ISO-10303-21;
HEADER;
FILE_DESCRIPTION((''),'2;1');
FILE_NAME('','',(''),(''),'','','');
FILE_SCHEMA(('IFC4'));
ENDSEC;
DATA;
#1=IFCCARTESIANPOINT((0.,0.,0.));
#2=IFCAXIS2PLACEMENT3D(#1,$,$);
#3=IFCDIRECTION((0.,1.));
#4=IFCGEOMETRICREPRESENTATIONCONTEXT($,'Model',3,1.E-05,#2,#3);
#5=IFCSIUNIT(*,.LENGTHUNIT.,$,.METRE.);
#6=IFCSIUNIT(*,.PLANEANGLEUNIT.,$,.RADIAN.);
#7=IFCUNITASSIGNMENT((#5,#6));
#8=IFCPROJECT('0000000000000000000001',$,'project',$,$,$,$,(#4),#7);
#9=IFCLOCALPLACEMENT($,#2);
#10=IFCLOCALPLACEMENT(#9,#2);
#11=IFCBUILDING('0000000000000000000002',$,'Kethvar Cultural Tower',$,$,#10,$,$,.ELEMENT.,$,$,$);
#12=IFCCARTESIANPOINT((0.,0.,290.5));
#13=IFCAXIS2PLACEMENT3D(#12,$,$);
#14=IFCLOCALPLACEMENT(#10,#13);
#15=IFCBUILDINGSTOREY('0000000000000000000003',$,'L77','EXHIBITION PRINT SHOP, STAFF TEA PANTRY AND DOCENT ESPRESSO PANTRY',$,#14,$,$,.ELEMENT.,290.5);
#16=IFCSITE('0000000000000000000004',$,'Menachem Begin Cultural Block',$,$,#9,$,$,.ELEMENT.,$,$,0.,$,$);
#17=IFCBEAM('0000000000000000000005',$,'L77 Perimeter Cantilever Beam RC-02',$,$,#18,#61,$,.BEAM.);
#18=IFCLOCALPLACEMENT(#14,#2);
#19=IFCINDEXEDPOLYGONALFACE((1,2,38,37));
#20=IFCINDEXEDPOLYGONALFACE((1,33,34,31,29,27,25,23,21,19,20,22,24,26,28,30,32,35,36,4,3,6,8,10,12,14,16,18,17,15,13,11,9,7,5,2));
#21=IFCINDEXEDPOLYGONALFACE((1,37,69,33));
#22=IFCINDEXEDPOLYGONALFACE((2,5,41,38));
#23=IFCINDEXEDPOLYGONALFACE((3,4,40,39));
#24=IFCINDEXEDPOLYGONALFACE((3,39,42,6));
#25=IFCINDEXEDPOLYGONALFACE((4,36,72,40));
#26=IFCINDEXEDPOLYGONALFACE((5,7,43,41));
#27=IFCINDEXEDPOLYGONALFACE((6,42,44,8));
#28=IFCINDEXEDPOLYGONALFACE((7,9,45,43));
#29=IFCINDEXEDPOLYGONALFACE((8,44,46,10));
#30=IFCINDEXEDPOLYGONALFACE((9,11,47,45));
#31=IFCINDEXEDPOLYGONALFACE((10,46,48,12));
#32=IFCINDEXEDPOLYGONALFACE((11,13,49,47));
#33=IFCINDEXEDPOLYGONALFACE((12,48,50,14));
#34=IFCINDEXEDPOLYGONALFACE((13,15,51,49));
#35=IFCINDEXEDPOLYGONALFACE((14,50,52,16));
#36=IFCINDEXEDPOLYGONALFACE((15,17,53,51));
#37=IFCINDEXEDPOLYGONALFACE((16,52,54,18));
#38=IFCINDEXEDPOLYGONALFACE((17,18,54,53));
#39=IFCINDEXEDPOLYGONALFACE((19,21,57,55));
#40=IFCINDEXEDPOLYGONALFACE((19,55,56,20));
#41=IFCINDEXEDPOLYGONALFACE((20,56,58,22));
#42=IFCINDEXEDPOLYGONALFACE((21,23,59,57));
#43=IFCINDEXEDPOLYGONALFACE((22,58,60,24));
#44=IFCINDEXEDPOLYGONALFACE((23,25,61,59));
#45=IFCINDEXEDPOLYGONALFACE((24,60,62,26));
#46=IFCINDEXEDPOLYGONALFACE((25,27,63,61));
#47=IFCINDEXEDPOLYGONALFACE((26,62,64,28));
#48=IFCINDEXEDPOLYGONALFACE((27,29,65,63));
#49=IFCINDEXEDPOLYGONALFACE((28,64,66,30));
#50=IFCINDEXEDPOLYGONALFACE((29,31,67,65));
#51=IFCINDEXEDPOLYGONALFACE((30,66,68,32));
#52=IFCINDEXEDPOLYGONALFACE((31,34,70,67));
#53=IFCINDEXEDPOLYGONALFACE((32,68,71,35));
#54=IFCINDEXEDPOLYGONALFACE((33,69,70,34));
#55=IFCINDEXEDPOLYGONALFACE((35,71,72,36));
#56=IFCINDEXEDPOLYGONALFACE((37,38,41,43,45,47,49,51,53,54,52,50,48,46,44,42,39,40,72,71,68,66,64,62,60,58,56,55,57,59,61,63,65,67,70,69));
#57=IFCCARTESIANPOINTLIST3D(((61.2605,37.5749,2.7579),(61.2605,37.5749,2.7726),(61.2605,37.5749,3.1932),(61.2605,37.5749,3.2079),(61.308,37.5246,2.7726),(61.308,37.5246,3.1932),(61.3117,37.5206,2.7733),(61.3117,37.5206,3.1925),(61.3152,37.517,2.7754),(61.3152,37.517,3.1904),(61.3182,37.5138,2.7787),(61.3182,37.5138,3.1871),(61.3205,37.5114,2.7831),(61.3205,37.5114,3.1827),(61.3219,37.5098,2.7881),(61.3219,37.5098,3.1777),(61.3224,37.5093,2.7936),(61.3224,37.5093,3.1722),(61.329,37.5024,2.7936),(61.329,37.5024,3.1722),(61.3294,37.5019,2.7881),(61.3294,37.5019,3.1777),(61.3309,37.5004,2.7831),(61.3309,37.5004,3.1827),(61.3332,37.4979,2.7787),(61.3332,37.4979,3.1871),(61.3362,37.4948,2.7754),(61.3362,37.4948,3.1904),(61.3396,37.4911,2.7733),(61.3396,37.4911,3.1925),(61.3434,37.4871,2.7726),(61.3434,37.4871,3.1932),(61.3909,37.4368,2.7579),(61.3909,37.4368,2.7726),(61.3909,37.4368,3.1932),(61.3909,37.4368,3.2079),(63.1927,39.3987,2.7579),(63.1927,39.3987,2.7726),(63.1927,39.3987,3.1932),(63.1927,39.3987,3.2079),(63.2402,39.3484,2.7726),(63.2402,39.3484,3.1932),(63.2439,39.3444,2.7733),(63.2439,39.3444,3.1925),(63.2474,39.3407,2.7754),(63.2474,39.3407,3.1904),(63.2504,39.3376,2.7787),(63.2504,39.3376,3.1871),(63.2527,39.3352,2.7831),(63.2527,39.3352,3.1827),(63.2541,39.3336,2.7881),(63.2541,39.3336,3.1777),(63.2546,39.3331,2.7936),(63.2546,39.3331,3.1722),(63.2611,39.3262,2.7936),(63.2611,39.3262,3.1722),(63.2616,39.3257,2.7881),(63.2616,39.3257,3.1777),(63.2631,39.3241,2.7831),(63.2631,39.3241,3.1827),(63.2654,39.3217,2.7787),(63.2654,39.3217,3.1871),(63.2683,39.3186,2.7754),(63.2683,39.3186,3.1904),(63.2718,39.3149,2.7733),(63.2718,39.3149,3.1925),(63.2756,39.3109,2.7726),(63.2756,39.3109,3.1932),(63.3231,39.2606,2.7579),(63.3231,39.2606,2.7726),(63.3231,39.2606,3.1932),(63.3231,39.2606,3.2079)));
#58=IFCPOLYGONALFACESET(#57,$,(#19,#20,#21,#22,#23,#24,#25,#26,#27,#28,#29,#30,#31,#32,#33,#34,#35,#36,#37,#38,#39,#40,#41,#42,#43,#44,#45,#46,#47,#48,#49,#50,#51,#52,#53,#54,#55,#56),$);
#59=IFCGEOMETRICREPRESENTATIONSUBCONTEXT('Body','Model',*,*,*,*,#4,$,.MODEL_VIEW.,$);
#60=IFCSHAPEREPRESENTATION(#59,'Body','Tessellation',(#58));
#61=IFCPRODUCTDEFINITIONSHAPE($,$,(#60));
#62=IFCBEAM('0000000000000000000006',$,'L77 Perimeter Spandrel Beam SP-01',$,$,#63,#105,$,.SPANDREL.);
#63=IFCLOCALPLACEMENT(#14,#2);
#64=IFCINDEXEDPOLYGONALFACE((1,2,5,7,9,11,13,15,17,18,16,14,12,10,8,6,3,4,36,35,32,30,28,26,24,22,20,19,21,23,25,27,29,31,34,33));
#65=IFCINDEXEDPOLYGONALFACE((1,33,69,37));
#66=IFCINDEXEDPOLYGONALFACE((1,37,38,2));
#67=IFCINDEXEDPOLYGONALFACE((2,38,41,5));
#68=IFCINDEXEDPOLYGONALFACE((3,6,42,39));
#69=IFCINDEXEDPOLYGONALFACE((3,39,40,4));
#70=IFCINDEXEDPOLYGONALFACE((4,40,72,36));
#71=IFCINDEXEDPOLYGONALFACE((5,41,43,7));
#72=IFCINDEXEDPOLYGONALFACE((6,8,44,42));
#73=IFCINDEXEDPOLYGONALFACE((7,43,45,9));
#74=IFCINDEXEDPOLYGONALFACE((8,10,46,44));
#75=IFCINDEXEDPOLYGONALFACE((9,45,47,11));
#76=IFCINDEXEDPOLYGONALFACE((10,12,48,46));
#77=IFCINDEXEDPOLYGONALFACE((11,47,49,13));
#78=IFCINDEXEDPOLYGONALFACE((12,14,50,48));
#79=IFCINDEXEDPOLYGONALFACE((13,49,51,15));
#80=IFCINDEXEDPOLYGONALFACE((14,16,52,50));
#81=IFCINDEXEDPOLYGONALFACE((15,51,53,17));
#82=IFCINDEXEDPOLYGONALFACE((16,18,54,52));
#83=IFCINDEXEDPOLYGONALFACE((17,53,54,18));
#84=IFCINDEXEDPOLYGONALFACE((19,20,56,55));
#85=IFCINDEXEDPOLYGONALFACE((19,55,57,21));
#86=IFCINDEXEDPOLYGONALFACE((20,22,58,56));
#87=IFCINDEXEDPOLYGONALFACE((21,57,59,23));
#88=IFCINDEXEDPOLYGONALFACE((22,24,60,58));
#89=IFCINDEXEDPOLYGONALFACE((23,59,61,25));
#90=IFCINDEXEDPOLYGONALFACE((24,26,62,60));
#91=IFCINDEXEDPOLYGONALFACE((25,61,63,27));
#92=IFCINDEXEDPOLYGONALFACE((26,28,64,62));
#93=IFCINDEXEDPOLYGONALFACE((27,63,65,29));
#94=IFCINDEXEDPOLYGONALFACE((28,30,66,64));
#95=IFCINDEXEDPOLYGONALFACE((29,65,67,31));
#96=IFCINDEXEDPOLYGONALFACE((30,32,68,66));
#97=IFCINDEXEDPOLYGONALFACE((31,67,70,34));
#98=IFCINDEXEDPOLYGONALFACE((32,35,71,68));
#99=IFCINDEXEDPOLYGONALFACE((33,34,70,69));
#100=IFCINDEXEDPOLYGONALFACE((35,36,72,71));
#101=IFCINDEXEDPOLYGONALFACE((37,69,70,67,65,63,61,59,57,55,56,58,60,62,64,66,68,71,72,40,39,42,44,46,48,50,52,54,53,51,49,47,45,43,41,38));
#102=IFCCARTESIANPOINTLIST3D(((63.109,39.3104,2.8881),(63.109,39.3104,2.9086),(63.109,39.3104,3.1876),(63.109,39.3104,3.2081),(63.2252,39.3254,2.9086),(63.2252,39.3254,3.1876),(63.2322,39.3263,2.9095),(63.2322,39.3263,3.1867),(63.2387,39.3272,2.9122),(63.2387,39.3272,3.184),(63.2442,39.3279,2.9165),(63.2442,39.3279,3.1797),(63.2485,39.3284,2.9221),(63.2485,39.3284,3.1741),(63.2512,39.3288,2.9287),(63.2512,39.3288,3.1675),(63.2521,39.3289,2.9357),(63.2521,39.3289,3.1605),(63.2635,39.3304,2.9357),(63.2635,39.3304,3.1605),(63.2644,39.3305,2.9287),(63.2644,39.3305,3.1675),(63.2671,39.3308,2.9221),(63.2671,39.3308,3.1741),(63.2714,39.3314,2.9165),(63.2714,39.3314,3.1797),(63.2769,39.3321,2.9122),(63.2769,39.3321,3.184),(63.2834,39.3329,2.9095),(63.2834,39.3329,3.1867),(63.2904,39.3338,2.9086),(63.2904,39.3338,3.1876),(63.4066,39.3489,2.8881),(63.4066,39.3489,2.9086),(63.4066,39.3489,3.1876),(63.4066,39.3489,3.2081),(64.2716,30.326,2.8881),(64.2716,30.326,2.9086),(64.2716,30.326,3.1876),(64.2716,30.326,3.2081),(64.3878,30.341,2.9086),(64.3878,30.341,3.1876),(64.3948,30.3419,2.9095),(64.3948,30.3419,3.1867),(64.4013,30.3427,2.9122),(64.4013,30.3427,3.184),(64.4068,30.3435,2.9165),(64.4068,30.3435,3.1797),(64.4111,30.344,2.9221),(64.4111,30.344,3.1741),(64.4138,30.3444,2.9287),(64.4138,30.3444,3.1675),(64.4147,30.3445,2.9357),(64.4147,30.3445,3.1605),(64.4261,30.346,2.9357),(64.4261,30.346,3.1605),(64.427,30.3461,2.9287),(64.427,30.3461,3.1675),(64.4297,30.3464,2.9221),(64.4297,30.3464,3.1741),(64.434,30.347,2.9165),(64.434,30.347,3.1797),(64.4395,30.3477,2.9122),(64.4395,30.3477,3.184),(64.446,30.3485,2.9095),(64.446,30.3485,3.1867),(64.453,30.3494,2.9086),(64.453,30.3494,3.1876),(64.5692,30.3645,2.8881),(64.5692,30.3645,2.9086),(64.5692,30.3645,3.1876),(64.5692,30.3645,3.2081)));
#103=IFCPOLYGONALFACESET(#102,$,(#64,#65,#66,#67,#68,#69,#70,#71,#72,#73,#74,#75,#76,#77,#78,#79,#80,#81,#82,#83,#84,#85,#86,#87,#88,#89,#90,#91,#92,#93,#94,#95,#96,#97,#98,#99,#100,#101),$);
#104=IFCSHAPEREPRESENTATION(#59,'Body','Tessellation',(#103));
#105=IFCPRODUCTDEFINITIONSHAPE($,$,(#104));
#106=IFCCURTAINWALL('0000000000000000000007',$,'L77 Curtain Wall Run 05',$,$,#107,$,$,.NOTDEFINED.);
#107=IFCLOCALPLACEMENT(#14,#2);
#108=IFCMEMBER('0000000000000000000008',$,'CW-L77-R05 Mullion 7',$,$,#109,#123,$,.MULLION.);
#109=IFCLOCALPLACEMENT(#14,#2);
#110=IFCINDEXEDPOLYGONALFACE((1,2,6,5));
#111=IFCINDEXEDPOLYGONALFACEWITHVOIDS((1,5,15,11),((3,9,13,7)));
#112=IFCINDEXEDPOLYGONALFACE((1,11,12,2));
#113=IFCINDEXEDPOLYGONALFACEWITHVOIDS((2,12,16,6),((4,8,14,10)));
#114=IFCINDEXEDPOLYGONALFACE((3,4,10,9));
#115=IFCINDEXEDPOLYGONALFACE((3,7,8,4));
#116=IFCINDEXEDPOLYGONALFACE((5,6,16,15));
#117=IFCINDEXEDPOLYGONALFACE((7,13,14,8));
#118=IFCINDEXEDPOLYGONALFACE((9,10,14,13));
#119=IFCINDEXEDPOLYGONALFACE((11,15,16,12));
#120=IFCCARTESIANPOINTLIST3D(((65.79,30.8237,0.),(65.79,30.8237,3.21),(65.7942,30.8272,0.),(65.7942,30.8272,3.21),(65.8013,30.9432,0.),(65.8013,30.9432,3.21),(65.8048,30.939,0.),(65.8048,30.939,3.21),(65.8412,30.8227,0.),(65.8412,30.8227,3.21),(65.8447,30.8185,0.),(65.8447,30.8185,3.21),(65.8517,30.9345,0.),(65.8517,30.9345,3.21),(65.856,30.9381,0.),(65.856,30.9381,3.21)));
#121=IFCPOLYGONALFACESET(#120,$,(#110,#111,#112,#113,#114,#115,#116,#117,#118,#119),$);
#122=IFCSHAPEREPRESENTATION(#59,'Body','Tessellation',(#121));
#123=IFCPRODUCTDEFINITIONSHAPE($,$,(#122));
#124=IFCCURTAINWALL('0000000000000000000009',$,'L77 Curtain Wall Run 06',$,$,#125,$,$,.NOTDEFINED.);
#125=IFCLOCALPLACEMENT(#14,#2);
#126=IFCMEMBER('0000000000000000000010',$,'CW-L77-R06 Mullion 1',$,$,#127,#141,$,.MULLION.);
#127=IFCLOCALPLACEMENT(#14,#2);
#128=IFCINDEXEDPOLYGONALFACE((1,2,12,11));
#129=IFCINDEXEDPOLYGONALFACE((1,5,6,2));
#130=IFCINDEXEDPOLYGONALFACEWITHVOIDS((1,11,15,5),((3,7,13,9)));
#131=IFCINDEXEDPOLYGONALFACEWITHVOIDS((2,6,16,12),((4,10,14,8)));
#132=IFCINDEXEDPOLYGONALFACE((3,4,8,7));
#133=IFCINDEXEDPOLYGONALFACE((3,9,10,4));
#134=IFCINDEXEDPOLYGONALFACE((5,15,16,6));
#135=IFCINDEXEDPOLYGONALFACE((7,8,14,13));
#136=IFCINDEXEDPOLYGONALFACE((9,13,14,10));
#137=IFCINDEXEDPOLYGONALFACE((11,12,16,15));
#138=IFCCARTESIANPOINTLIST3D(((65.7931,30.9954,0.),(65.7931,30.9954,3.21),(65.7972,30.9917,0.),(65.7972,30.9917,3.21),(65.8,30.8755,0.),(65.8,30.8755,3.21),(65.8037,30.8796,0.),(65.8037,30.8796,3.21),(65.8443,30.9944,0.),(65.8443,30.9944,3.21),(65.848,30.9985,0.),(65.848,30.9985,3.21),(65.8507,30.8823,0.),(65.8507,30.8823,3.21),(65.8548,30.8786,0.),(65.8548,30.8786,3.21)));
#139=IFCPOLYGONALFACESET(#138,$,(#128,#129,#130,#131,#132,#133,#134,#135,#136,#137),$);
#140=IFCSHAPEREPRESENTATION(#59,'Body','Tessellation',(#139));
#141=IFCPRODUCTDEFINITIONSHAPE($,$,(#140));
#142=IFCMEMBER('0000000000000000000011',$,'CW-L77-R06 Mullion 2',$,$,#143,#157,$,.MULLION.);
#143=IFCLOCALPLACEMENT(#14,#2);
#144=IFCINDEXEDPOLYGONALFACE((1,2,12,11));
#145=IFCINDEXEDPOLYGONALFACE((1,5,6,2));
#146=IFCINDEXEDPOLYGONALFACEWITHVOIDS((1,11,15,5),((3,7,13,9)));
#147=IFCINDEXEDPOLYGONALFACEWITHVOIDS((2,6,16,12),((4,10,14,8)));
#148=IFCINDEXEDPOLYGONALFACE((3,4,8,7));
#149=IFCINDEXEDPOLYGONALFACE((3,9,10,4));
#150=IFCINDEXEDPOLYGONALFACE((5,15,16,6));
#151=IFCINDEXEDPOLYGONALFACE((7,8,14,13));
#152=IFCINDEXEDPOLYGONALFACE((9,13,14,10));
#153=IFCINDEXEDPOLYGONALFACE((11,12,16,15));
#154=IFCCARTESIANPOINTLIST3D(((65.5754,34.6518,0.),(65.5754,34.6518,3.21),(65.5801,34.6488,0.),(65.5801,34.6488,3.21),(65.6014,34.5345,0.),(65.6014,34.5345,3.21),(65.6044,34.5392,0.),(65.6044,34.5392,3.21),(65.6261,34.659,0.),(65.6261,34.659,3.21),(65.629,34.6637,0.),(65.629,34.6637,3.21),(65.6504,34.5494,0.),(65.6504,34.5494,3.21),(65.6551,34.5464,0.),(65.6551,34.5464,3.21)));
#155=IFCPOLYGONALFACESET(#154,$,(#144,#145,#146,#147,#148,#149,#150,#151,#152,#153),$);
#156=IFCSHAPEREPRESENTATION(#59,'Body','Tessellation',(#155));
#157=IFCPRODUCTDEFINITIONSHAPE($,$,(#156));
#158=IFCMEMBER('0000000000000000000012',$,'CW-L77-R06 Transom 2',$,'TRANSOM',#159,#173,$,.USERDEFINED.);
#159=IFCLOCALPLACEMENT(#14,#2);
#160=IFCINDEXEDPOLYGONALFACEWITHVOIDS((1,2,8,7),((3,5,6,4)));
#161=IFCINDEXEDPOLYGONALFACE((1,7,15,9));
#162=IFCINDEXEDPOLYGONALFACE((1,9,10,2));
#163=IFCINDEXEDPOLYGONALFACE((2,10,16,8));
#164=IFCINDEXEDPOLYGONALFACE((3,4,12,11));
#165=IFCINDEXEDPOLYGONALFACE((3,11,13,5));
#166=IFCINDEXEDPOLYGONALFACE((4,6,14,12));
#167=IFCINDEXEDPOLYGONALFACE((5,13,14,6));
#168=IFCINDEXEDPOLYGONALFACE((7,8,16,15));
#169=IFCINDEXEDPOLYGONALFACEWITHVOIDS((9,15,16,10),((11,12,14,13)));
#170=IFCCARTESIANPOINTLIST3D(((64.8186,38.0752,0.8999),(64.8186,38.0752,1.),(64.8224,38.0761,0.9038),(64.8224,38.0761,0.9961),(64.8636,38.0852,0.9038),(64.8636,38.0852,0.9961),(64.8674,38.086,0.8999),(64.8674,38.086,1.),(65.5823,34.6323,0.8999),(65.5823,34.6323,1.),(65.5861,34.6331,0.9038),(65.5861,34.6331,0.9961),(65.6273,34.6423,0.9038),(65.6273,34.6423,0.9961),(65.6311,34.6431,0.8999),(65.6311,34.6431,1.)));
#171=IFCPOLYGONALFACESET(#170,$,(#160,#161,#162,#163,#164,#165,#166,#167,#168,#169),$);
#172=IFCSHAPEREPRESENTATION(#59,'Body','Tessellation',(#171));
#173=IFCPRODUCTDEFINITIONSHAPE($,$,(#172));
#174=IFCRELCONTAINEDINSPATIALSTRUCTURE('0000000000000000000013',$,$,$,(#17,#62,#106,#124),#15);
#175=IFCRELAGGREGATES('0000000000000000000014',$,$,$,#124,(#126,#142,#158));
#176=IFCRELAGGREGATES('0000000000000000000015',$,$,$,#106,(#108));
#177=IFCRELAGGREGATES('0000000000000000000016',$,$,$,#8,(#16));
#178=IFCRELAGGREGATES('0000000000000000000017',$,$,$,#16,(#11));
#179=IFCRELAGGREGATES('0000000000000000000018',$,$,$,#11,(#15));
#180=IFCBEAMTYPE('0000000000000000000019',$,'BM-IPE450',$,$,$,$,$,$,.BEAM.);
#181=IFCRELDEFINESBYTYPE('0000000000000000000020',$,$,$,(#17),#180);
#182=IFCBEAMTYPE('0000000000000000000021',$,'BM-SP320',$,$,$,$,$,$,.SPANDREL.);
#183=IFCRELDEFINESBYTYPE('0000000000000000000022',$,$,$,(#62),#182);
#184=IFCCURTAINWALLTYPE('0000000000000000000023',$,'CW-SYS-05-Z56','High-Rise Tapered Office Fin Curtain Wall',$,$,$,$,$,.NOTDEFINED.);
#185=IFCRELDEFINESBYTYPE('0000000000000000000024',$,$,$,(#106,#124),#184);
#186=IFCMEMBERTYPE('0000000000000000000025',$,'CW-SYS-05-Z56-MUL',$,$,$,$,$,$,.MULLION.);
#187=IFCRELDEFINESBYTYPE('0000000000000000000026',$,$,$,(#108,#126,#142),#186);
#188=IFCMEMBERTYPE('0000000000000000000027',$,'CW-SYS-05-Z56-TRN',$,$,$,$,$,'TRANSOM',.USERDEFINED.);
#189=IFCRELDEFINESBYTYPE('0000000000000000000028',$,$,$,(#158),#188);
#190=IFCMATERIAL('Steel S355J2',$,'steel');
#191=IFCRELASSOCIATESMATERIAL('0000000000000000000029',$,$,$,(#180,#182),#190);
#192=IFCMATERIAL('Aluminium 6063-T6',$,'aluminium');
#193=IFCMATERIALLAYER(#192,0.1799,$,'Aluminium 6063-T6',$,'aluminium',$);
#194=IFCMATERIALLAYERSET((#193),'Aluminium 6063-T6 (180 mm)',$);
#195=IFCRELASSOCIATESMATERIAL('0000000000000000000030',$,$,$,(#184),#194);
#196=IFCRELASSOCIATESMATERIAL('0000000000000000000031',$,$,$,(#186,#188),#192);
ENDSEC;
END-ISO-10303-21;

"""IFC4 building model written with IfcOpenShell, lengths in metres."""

from ifc_helpers import new_model, si_unit, direction, frame, origin, origin_2d, place, context, subcontext, project, spatial, hollow_rectangle, i_section, extrude, source, transform, mapped, material, layer, layer_set, material_profile, profile_set, type_object, element, aggregate, save


model = new_model("IFC4")

# Units and contexts
model_context = context("Model", 3, precision=1e-05, world=origin(), true_north=direction((0.0, 1.0)))
body_context = subcontext(model_context, "Body", "Model", "MODEL_VIEW")
ifc_project = project(units=[si_unit("LENGTHUNIT", "METRE"), si_unit("PLANEANGLEUNIT", "RADIAN")], contexts=[model_context])

# Site, building, storey
site_placement = place(None, origin())
site = spatial("IfcSite", under=ifc_project, at=site_placement, Name="Menachem Begin Cultural Block", CompositionType="ELEMENT", RefElevation=0.0)
building_placement = place(site_placement, origin())
building = spatial("IfcBuilding", under=site, at=building_placement, Name="Kethvar Cultural Tower", CompositionType="ELEMENT")
storey_placement = place(building_placement, frame((0.0, 0.0, 290.5)))
storey = spatial("IfcBuildingStorey", under=building, at=storey_placement, Name="L77", Description="EXHIBITION PRINT SHOP, STAFF TEA PANTRY AND DOCENT ESPRESSO PANTRY", CompositionType="ELEMENT", Elevation=290.5)

# Shared definitions
ifc_material_1 = material(Name="Steel S355J2", Category="steel")

# Beams
ifc_material_profile_1 = material_profile(ifc_material_1, i_section(OverallWidth=0.1899, OverallDepth=0.45, WebThickness=0.0095, FlangeThickness=0.0146, FilletRadius=0.021, at=origin_2d()), Name="Steel S355J2 — IPE450")
ifc_profile_set_1 = profile_set([ifc_material_profile_1], Name="Steel S355J2 — IPE450")
beam_type_1 = type_object("IfcBeamType", Name="BM-IPE450", PredefinedType="BEAM", material=ifc_profile_set_1)
shared_shape_1 = source(origin(), body_context, "Body", "SweptSolid", [
    extrude(i_section(OverallWidth=0.1899, OverallDepth=0.45, WebThickness=0.0095, FlangeThickness=0.0146, FilletRadius=0.021, at=origin_2d()), origin(), (0.0, 0.0, 1.0), 2.657),
])
beam_1_placement = place(storey_placement, frame((61.3257, 37.5059, 2.9829), z_axis=(0.727212, 0.686413, 0.0), x_axis=(-0.686413, 0.727212, 0.0)))
element("IfcBeam", 1, at=beam_1_placement, inside=storey, type_object=beam_type_1, Name="L77 Perimeter Cantilever Beam RC-02", PredefinedType="BEAM", context=body_context, shape_type="MappedRepresentation", body=[
    mapped(shared_shape_1, transform((0.0, 0.0, 0.0), scale=1.0)),
])
ifc_material_profile_2 = material_profile(ifc_material_1, i_section(OverallWidth=0.3, OverallDepth=0.3201, WebThickness=0.0115, FlangeThickness=0.0205, FilletRadius=0.0271, at=origin_2d()), Name="Steel S355J2 — HEB320")
ifc_profile_set_2 = profile_set([ifc_material_profile_2], Name="Steel S355J2 — HEB320")
beam_type_2 = type_object("IfcBeamType", Name="BM-SP320", PredefinedType="SPANDREL", material=ifc_profile_set_2)
shared_shape_2 = source(origin(), body_context, "Body", "SweptSolid", [
    extrude(i_section(OverallWidth=0.3, OverallDepth=0.3201, WebThickness=0.0115, FlangeThickness=0.0205, FilletRadius=0.0271, at=origin_2d()), origin(), (0.0, 0.0, 1.0), 9.0593),
])
beam_2_placement = place(storey_placement, frame((64.4204, 30.3452, 3.0481), z_axis=(-0.128332, 0.991731, 0.0), x_axis=(-0.991731, -0.128332, 0.0)))
element("IfcBeam", 2, at=beam_2_placement, inside=storey, type_object=beam_type_2, Name="L77 Perimeter Spandrel Beam SP-01", PredefinedType="SPANDREL", context=body_context, shape_type="MappedRepresentation", body=[
    mapped(shared_shape_2, transform((0.0, 0.0, 0.0), scale=1.0)),
])

# Curtain wall, member
ifc_material_2 = material(Name="Aluminium 6063-T6", Category="aluminium")
ifc_layer_1 = layer(ifc_material_2, 0.1799, Name="Aluminium 6063-T6", Category="aluminium")
ifc_layer_set_1 = layer_set([ifc_layer_1], Name="Aluminium 6063-T6 (180 mm)")
curtain_wall_type = type_object("IfcCurtainWallType", Name="CW-SYS-05-Z56", Description="High-Rise Tapered Office Fin Curtain Wall", PredefinedType="NOTDEFINED", material=ifc_layer_set_1)
curtain_wall_1_placement = place(storey_placement, origin())
curtain_wall_1 = element("IfcCurtainWall", 3, at=curtain_wall_1_placement, inside=storey, type_object=curtain_wall_type, Name="L77 Curtain Wall Run 05", PredefinedType="NOTDEFINED")
ifc_material_profile_3 = material_profile(ifc_material_2, hollow_rectangle(XDim=0.0549, YDim=0.1201, WallThickness=0.0039, at=origin_2d()), Name="Aluminium 6063-T6 — RHS120x55x4")
ifc_profile_set_3 = profile_set([ifc_material_profile_3], Name="Aluminium 6063-T6 — RHS120x55x4")
member_type_1 = type_object("IfcMemberType", Name="CW-SYS-05-Z56-MUL", PredefinedType="MULLION", material=ifc_profile_set_3)
shared_shape_3 = source(origin(), body_context, "Body", "SweptSolid", [
    extrude(hollow_rectangle(XDim=0.0549, YDim=0.1201, WallThickness=0.0039, at=origin_2d()), origin(), (0.0, 0.0, 1.0), 3.21),
])
member_1_placement = place(storey_placement, frame((65.823, 30.8809, 0.0), z_axis=(0.0, 0.0, 1.0), x_axis=(-0.995542, 0.094317, 0.0)))
member_1 = element("IfcMember", 4, at=member_1_placement, type_object=member_type_1, Name="CW-L77-R05 Mullion 7", PredefinedType="MULLION", context=body_context, shape_type="MappedRepresentation", body=[
    mapped(shared_shape_3, transform((0.0, 0.0, 0.0), scale=1.0)),
])

# Curtain wall, members
curtain_wall_2_placement = place(storey_placement, origin())
curtain_wall_2 = element("IfcCurtainWall", 5, at=curtain_wall_2_placement, inside=storey, type_object=curtain_wall_type, Name="L77 Curtain Wall Run 06", PredefinedType="NOTDEFINED")
member_2_placement = place(storey_placement, frame((65.824, 30.937, 0.0), z_axis=(0.0, 0.0, 1.0), x_axis=(-0.998359, -0.057268, 0.0)))
member_2 = element("IfcMember", 6, at=member_2_placement, type_object=member_type_1, Name="CW-L77-R06 Mullion 1", PredefinedType="MULLION", context=body_context, shape_type="MappedRepresentation", body=[
    mapped(shared_shape_3, transform((0.0, 0.0, 0.0), scale=1.0)),
])
member_3_placement = place(storey_placement, frame((65.6152, 34.5991, 0.0), z_axis=(0.0, 0.0, 1.0), x_axis=(-0.976266, -0.216576, 0.0)))
member_3 = element("IfcMember", 7, at=member_3_placement, type_object=member_type_1, Name="CW-L77-R06 Mullion 2", PredefinedType="MULLION", context=body_context, shape_type="MappedRepresentation", body=[
    mapped(shared_shape_3, transform((0.0, 0.0, 0.0), scale=1.0)),
])
ifc_material_profile_4 = material_profile(ifc_material_2, hollow_rectangle(XDim=0.05, YDim=0.1001, WallThickness=0.0039, at=origin_2d()), Name="Aluminium 6063-T6 — RHS100x50x4")
ifc_profile_set_4 = profile_set([ifc_material_profile_4], Name="Aluminium 6063-T6 — RHS100x50x4")
member_type_2 = type_object("IfcMemberType", Name="CW-SYS-05-Z56-TRN", ElementType="TRANSOM", PredefinedType="USERDEFINED", material=ifc_profile_set_4)
shared_shape_4 = source(origin(), body_context, "Body", "SweptSolid", [
    extrude(hollow_rectangle(XDim=0.05, YDim=0.1001, WallThickness=0.0039, at=origin_2d()), origin(), (0.0, 0.0, 1.0), 3.5266),
])
member_4_placement = place(storey_placement, frame((65.6067, 34.6377, 0.95), z_axis=(-0.216549, 0.976272, 0.0), x_axis=(-0.976272, -0.216549, 0.0)))
member_4 = element("IfcMember", 8, at=member_4_placement, type_object=member_type_2, Name="CW-L77-R06 Transom 2", ObjectType="TRANSOM", PredefinedType="USERDEFINED", context=body_context, shape_type="MappedRepresentation", body=[
    mapped(shared_shape_4, transform((0.0, 0.0, 0.0), scale=1.0)),
])
aggregate(curtain_wall_2, [member_2, member_3, member_4])

aggregate(curtain_wall_1, [member_1])

save(model, "model.ifc")
